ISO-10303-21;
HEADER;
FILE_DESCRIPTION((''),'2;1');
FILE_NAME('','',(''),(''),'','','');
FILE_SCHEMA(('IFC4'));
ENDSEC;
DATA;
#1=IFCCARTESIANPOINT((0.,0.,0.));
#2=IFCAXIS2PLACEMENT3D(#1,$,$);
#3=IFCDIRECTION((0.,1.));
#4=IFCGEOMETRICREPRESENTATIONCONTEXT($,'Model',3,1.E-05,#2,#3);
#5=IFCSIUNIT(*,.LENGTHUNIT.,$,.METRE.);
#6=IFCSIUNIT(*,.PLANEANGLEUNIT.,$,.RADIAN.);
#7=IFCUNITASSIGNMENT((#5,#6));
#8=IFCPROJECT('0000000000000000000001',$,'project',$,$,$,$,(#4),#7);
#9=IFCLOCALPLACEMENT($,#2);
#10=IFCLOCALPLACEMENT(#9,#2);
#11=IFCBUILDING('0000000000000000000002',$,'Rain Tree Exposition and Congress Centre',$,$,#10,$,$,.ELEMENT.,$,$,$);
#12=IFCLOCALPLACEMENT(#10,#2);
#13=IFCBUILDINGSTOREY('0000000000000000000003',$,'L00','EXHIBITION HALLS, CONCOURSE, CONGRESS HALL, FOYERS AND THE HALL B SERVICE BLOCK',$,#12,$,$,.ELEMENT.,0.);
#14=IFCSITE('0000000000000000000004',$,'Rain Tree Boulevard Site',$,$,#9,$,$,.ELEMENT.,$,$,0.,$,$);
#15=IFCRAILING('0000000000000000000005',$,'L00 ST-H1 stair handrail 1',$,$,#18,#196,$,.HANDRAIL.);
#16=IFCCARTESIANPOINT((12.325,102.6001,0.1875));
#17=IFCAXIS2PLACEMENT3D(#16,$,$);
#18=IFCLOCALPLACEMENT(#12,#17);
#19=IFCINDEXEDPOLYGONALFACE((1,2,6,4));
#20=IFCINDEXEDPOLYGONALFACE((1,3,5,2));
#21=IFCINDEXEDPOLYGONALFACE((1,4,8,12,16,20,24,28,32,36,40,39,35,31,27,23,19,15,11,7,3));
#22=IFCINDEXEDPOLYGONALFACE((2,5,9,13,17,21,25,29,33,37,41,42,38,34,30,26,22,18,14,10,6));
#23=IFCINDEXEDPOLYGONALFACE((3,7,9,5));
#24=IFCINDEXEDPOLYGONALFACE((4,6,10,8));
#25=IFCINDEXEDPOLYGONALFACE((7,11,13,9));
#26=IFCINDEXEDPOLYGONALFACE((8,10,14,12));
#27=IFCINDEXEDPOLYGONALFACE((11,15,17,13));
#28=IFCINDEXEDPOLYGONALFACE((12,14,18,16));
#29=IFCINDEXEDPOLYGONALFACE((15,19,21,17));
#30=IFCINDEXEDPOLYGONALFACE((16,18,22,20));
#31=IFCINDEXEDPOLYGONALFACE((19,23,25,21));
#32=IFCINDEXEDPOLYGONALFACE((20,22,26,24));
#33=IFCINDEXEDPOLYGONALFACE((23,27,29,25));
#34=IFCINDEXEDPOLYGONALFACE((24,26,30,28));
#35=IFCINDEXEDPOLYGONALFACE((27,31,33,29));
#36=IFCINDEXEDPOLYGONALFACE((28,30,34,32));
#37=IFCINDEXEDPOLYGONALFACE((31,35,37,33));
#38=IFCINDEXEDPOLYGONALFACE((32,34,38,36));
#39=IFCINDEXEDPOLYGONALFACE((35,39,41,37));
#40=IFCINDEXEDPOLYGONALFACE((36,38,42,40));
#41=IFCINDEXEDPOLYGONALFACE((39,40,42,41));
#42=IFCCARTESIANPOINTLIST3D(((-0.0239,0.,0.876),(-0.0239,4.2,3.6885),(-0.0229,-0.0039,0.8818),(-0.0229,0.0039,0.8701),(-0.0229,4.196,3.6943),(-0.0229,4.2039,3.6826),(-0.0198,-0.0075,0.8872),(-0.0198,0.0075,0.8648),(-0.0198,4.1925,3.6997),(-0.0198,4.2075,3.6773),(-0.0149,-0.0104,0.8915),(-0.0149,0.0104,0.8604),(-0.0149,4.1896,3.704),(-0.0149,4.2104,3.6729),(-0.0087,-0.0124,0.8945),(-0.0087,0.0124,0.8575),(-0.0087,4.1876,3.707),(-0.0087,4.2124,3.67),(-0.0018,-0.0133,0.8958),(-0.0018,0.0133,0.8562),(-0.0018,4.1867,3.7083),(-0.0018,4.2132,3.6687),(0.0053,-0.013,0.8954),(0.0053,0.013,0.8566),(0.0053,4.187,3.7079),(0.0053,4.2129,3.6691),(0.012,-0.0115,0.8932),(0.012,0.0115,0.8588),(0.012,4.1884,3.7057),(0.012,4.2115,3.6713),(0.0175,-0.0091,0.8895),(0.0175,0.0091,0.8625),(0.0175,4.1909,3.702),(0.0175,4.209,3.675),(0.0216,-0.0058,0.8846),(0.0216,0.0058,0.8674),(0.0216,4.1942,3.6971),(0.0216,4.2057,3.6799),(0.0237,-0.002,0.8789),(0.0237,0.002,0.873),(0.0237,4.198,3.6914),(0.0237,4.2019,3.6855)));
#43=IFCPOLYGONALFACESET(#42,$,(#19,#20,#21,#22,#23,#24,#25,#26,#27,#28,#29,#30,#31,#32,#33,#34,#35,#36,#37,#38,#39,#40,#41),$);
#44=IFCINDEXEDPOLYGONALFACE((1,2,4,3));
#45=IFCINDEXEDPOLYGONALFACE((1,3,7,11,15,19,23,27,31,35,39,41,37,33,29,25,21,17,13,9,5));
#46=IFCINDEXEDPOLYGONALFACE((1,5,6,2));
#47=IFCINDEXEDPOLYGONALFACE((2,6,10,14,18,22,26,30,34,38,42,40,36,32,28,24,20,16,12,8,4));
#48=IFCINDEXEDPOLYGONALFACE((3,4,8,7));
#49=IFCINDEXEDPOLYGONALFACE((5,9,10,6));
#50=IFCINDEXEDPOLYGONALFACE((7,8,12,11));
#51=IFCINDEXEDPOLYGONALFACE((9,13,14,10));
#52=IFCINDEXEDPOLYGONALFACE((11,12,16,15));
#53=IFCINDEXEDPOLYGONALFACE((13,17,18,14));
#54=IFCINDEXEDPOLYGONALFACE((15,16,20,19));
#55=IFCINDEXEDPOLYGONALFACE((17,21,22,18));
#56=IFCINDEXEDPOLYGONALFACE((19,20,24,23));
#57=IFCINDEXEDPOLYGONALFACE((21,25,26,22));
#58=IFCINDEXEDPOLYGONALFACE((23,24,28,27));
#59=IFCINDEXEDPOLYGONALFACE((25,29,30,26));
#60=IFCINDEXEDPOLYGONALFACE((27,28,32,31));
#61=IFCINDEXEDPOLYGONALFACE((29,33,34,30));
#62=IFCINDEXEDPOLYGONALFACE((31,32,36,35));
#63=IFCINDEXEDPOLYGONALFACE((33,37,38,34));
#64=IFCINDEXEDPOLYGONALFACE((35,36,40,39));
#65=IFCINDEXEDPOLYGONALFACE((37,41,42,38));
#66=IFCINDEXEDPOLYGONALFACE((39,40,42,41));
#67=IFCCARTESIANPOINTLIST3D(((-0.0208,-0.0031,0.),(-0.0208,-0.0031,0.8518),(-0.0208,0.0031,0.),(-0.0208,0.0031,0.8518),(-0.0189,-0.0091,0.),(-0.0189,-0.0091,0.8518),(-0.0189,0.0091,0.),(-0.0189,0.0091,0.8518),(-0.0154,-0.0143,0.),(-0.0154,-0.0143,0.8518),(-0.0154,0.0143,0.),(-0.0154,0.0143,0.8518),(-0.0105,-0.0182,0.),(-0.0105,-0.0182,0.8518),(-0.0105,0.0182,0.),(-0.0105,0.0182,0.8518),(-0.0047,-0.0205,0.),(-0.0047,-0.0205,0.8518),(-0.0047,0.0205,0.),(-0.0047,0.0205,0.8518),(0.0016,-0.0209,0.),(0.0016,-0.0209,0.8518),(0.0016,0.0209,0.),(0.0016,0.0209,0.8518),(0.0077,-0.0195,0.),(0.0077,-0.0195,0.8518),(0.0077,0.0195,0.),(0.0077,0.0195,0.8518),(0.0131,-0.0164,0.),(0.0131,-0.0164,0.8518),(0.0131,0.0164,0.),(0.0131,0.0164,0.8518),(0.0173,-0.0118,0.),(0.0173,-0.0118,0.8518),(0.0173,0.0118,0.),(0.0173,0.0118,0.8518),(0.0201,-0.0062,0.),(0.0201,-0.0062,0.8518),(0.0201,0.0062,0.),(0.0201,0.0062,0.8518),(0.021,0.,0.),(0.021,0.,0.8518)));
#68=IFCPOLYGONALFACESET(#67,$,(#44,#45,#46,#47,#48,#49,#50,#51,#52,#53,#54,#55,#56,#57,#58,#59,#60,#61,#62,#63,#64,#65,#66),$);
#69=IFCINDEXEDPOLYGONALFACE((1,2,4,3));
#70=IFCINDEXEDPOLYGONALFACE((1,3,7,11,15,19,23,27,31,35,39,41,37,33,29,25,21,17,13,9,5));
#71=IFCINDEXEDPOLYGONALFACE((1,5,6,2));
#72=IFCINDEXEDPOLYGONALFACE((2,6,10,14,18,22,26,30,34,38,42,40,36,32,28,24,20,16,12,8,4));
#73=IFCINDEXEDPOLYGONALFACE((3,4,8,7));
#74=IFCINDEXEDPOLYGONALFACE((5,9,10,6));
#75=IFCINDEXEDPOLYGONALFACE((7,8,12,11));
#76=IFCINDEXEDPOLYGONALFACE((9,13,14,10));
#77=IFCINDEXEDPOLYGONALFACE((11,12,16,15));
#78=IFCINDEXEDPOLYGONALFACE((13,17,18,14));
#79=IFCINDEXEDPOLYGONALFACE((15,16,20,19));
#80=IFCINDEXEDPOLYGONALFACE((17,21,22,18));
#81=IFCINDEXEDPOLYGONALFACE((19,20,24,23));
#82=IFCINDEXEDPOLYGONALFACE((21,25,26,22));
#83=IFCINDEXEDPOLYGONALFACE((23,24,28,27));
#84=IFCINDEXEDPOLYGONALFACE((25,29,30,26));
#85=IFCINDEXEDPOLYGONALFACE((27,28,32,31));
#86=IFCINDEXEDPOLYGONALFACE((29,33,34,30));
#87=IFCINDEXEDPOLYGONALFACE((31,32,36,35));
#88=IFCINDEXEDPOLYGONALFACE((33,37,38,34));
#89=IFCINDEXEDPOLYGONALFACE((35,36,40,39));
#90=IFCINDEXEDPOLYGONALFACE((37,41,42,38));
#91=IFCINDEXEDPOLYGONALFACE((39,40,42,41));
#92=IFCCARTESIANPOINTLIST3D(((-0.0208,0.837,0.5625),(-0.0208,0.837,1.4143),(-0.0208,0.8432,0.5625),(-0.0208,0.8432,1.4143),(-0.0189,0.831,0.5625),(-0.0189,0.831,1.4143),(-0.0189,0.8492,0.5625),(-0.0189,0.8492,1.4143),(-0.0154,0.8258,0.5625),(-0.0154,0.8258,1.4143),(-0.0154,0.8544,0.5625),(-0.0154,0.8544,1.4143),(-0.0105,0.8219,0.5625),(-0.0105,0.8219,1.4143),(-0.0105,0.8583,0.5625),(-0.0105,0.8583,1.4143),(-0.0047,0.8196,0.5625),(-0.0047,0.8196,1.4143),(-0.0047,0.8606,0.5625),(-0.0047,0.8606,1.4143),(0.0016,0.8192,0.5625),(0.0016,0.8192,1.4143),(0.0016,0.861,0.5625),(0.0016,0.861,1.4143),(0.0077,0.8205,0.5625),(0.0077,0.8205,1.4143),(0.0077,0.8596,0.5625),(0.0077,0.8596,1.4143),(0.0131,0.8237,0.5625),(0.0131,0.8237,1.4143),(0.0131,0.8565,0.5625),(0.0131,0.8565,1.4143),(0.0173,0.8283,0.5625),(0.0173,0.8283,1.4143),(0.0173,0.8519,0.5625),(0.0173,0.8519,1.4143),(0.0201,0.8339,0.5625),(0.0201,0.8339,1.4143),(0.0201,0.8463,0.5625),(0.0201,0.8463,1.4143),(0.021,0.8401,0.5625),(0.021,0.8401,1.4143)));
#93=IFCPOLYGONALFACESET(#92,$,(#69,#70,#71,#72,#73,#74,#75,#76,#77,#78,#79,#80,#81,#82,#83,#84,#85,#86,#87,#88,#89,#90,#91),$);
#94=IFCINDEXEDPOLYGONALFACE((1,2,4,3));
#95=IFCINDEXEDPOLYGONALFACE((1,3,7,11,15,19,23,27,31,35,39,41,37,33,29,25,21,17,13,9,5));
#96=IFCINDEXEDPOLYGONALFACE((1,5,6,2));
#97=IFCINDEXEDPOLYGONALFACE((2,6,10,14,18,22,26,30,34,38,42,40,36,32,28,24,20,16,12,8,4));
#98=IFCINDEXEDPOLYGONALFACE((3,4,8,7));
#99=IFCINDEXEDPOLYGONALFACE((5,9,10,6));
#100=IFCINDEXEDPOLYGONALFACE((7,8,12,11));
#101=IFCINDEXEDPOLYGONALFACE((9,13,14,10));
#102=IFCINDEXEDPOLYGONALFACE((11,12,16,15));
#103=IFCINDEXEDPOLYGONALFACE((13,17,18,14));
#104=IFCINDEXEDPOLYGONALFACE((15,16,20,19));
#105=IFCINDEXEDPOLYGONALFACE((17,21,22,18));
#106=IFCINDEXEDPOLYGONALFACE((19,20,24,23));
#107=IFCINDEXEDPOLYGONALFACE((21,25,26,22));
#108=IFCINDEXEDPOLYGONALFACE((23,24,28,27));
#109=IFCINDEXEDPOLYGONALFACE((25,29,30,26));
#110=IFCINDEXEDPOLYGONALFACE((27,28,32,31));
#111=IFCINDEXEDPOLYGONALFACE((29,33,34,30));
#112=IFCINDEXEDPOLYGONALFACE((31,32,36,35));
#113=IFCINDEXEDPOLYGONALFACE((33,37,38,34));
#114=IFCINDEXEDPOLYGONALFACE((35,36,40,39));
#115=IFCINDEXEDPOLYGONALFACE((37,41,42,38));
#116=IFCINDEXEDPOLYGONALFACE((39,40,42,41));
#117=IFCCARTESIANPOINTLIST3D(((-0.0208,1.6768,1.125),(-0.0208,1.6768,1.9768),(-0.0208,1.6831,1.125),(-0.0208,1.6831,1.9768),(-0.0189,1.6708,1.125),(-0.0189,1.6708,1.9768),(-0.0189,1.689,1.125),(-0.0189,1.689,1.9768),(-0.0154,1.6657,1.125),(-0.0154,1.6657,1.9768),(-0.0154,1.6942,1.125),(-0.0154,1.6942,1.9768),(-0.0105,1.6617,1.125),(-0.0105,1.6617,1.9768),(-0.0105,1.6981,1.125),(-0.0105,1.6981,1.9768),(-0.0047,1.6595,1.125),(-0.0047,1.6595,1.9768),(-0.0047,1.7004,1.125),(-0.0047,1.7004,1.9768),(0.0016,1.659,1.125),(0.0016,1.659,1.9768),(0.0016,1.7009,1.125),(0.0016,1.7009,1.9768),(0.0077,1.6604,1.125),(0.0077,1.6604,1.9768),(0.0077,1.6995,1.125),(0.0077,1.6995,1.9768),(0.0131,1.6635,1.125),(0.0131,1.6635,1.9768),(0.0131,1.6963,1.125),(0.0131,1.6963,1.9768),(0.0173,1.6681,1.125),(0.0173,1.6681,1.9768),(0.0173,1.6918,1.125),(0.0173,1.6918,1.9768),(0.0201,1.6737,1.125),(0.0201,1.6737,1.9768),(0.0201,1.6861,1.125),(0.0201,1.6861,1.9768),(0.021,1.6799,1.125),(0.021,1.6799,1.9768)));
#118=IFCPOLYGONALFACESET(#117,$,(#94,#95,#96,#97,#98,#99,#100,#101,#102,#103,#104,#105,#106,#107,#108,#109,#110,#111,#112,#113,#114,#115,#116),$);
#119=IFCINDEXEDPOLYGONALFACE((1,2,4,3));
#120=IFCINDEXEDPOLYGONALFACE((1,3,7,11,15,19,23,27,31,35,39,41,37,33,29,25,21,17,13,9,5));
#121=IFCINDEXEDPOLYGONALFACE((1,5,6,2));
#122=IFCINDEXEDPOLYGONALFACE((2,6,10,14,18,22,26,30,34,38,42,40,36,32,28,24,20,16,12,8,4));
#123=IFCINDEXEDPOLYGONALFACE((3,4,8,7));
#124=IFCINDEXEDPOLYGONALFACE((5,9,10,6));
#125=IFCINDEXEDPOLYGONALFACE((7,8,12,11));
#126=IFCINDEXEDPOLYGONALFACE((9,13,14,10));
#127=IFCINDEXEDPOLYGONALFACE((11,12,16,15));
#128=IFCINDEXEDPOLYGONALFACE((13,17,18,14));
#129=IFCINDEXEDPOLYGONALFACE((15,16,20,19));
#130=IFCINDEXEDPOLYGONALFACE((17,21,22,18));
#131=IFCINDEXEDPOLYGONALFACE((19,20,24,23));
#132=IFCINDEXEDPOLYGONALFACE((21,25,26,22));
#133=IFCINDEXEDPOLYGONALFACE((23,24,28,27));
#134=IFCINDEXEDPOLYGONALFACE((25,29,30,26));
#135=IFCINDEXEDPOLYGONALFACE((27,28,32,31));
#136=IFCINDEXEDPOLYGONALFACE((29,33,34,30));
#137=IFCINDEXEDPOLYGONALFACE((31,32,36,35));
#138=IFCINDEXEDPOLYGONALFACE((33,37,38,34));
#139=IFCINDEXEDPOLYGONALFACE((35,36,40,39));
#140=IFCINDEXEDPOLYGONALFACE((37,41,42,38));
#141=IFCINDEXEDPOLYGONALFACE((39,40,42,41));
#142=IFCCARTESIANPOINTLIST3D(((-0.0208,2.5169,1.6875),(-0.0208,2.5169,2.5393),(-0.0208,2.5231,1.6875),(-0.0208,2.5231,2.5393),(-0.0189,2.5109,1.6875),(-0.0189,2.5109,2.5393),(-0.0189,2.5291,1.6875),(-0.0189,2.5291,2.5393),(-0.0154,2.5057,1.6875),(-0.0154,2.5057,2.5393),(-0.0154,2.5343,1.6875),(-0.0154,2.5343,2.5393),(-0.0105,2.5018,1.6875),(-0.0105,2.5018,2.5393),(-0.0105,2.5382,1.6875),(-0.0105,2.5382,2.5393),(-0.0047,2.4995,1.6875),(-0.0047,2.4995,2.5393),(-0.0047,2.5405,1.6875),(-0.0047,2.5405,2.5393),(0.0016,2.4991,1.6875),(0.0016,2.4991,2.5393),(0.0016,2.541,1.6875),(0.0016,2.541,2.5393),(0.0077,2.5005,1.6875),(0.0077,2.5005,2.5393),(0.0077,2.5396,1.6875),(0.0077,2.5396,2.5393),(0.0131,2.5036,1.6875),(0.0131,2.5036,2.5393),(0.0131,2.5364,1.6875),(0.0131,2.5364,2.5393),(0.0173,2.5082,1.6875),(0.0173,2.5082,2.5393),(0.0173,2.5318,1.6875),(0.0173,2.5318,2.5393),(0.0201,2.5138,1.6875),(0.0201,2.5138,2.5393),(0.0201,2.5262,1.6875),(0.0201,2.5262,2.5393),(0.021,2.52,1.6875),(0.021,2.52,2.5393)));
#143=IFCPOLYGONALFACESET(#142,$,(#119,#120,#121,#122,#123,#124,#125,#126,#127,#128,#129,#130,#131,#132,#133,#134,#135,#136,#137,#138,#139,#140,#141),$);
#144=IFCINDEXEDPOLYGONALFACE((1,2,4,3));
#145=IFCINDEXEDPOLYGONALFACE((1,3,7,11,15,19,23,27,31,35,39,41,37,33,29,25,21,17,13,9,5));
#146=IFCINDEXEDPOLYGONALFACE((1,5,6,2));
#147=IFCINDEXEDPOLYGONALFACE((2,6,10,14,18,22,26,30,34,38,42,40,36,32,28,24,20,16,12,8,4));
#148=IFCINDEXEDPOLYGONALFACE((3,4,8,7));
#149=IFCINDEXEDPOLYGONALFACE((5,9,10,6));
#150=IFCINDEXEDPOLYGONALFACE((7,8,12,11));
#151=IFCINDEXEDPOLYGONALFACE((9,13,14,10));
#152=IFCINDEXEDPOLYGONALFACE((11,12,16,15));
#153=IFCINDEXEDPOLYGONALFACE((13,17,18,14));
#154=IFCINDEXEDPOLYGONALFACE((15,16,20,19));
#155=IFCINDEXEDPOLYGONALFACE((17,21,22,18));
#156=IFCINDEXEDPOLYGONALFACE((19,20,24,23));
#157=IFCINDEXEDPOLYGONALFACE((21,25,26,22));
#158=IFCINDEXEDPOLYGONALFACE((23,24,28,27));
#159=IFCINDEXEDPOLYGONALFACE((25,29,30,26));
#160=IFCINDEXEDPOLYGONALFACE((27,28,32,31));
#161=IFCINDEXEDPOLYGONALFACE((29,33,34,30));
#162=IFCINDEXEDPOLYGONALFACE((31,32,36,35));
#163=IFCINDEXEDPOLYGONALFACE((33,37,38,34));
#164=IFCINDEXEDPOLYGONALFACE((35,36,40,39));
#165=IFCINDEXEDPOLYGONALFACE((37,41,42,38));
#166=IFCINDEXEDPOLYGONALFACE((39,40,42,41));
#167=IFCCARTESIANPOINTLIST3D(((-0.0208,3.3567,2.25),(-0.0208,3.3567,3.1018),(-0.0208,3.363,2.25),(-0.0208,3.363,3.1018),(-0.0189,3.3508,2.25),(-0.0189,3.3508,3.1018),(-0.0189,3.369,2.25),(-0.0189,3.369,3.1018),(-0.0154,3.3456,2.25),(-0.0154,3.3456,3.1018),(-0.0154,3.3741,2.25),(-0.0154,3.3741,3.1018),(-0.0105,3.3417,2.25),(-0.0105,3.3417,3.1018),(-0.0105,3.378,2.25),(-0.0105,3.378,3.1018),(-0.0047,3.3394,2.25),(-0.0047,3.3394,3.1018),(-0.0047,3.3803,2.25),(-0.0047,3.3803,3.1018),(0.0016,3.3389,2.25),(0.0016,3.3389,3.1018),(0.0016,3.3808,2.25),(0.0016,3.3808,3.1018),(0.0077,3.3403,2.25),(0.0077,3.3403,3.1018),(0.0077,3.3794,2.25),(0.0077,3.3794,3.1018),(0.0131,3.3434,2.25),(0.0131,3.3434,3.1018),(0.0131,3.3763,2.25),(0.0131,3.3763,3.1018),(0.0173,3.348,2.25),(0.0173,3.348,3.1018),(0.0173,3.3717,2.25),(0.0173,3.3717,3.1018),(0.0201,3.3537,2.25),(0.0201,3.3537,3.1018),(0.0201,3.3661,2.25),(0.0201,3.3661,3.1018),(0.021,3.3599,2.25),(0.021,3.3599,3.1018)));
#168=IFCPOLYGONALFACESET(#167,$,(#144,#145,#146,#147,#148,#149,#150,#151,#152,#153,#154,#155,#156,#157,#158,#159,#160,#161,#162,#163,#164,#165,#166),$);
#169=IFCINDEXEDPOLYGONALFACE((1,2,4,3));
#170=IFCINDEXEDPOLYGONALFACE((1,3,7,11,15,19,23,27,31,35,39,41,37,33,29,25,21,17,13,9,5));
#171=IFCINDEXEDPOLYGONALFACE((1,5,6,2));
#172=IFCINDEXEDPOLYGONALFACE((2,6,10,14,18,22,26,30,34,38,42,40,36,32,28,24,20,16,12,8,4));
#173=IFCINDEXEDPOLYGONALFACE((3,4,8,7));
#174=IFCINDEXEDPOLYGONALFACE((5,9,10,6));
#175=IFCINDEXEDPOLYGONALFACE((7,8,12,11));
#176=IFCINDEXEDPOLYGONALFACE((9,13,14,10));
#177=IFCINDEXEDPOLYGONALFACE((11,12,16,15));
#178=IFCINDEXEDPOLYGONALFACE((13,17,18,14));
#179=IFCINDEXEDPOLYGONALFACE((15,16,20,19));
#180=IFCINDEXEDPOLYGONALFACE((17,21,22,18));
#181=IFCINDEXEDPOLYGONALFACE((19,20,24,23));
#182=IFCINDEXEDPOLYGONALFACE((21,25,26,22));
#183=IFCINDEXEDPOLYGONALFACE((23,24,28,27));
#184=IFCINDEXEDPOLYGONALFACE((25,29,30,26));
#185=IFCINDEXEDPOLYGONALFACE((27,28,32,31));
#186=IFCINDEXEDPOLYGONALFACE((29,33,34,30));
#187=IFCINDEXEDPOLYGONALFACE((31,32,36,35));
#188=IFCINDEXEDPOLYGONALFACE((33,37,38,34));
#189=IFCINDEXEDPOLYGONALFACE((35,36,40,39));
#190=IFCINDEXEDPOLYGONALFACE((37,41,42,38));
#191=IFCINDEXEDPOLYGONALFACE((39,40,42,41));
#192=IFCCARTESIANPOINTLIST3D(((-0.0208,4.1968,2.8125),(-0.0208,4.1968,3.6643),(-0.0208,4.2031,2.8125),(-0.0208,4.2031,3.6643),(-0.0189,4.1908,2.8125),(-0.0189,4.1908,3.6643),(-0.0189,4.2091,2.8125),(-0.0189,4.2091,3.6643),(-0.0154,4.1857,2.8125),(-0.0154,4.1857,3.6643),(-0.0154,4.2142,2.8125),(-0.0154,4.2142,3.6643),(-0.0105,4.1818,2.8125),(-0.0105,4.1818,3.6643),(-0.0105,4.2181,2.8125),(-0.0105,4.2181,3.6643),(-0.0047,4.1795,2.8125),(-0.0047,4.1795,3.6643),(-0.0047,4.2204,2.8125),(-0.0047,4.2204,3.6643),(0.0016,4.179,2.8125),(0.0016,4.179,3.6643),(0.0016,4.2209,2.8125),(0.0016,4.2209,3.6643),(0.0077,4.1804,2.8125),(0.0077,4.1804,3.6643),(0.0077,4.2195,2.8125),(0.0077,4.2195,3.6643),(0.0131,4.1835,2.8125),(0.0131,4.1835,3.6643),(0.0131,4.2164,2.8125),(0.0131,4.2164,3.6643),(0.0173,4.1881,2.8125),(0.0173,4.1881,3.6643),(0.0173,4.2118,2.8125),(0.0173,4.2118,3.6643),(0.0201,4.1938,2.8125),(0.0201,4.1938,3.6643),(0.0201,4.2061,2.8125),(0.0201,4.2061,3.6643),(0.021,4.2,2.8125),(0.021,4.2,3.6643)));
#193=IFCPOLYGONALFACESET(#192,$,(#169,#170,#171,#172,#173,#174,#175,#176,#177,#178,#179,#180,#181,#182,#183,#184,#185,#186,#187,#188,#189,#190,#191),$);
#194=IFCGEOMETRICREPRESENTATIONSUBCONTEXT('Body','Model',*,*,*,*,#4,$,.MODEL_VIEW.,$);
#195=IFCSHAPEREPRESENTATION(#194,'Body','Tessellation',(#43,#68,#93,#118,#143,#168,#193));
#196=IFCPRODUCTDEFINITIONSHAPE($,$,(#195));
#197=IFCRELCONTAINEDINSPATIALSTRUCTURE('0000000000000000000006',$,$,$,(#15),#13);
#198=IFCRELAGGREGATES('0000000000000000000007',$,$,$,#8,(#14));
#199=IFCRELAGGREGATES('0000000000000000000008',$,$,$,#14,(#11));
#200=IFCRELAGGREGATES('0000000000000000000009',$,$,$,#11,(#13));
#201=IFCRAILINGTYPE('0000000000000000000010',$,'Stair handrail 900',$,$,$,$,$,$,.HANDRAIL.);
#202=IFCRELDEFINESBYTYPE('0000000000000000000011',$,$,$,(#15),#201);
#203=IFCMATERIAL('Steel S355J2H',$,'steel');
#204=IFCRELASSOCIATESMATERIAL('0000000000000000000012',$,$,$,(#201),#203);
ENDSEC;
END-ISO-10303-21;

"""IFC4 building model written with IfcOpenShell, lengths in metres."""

from ifc_helpers import new_model, si_unit, direction, frame, origin, origin_2d, place, context, subcontext, project, spatial, circle, extrude, material, type_object, element, save


model = new_model("IFC4")

# Units and contexts
model_context = context("Model", 3, precision=1e-05, world=origin(), true_north=direction((0.0, 1.0)))
body_context = subcontext(model_context, "Body", "Model", "MODEL_VIEW")
ifc_project = project(units=[si_unit("LENGTHUNIT", "METRE"), si_unit("PLANEANGLEUNIT", "RADIAN")], contexts=[model_context])

# Site, building, storey
site_placement = place(None, origin())
site = spatial("IfcSite", under=ifc_project, at=site_placement, Name="Rain Tree Boulevard Site", CompositionType="ELEMENT", RefElevation=0.0)
building_placement = place(site_placement, origin())
building = spatial("IfcBuilding", under=site, at=building_placement, Name="Rain Tree Exposition and Congress Centre", CompositionType="ELEMENT")
storey_placement = place(building_placement, origin())
storey = spatial("IfcBuildingStorey", under=building, at=storey_placement, Name="L00", Description="EXHIBITION HALLS, CONCOURSE, CONGRESS HALL, FOYERS AND THE HALL B SERVICE BLOCK", CompositionType="ELEMENT", Elevation=0.0)

# Railing
ifc_material_1 = material(Name="Steel S355J2H", Category="steel")
railing_type_1 = type_object("IfcRailingType", Name="Stair handrail 900", PredefinedType="HANDRAIL", material=ifc_material_1)
railing_1_placement = place(storey_placement, frame((12.325, 102.6001, 0.1875)))
element("IfcRailing", 1, at=railing_1_placement, inside=storey, type_object=railing_type_1, Name="L00 ST-H1 stair handrail 1", PredefinedType="HANDRAIL", context=body_context, shape_type="SweptSolid", body=[
    extrude(circle(Radius=0.0239, at=origin_2d()), frame((0.0, 0.0, 0.876), z_axis=(0.0, 0.830904, 0.556416), x_axis=(-1.0, 0.0, 0.0)), (0.0, 0.0, 1.0), 5.0547),
    extrude(circle(Radius=0.021, at=origin_2d()), origin(), (0.0, 0.0, 1.0), 0.8518),
    extrude(circle(Radius=0.021, at=origin_2d()), frame((0.0, 0.8401, 0.5625)), (0.0, 0.0, 1.0), 0.8518),
    extrude(circle(Radius=0.021, at=origin_2d()), frame((0.0, 1.6799, 1.125)), (0.0, 0.0, 1.0), 0.8518),
    extrude(circle(Radius=0.021, at=origin_2d()), frame((0.0, 2.52, 1.6875)), (0.0, 0.0, 1.0), 0.8518),
    extrude(circle(Radius=0.021, at=origin_2d()), frame((0.0, 3.3599, 2.25)), (0.0, 0.0, 1.0), 0.8518),
    extrude(circle(Radius=0.021, at=origin_2d()), frame((0.0, 4.2, 2.8125)), (0.0, 0.0, 1.0), 0.8518),
])

save(model, "model.ifc")
